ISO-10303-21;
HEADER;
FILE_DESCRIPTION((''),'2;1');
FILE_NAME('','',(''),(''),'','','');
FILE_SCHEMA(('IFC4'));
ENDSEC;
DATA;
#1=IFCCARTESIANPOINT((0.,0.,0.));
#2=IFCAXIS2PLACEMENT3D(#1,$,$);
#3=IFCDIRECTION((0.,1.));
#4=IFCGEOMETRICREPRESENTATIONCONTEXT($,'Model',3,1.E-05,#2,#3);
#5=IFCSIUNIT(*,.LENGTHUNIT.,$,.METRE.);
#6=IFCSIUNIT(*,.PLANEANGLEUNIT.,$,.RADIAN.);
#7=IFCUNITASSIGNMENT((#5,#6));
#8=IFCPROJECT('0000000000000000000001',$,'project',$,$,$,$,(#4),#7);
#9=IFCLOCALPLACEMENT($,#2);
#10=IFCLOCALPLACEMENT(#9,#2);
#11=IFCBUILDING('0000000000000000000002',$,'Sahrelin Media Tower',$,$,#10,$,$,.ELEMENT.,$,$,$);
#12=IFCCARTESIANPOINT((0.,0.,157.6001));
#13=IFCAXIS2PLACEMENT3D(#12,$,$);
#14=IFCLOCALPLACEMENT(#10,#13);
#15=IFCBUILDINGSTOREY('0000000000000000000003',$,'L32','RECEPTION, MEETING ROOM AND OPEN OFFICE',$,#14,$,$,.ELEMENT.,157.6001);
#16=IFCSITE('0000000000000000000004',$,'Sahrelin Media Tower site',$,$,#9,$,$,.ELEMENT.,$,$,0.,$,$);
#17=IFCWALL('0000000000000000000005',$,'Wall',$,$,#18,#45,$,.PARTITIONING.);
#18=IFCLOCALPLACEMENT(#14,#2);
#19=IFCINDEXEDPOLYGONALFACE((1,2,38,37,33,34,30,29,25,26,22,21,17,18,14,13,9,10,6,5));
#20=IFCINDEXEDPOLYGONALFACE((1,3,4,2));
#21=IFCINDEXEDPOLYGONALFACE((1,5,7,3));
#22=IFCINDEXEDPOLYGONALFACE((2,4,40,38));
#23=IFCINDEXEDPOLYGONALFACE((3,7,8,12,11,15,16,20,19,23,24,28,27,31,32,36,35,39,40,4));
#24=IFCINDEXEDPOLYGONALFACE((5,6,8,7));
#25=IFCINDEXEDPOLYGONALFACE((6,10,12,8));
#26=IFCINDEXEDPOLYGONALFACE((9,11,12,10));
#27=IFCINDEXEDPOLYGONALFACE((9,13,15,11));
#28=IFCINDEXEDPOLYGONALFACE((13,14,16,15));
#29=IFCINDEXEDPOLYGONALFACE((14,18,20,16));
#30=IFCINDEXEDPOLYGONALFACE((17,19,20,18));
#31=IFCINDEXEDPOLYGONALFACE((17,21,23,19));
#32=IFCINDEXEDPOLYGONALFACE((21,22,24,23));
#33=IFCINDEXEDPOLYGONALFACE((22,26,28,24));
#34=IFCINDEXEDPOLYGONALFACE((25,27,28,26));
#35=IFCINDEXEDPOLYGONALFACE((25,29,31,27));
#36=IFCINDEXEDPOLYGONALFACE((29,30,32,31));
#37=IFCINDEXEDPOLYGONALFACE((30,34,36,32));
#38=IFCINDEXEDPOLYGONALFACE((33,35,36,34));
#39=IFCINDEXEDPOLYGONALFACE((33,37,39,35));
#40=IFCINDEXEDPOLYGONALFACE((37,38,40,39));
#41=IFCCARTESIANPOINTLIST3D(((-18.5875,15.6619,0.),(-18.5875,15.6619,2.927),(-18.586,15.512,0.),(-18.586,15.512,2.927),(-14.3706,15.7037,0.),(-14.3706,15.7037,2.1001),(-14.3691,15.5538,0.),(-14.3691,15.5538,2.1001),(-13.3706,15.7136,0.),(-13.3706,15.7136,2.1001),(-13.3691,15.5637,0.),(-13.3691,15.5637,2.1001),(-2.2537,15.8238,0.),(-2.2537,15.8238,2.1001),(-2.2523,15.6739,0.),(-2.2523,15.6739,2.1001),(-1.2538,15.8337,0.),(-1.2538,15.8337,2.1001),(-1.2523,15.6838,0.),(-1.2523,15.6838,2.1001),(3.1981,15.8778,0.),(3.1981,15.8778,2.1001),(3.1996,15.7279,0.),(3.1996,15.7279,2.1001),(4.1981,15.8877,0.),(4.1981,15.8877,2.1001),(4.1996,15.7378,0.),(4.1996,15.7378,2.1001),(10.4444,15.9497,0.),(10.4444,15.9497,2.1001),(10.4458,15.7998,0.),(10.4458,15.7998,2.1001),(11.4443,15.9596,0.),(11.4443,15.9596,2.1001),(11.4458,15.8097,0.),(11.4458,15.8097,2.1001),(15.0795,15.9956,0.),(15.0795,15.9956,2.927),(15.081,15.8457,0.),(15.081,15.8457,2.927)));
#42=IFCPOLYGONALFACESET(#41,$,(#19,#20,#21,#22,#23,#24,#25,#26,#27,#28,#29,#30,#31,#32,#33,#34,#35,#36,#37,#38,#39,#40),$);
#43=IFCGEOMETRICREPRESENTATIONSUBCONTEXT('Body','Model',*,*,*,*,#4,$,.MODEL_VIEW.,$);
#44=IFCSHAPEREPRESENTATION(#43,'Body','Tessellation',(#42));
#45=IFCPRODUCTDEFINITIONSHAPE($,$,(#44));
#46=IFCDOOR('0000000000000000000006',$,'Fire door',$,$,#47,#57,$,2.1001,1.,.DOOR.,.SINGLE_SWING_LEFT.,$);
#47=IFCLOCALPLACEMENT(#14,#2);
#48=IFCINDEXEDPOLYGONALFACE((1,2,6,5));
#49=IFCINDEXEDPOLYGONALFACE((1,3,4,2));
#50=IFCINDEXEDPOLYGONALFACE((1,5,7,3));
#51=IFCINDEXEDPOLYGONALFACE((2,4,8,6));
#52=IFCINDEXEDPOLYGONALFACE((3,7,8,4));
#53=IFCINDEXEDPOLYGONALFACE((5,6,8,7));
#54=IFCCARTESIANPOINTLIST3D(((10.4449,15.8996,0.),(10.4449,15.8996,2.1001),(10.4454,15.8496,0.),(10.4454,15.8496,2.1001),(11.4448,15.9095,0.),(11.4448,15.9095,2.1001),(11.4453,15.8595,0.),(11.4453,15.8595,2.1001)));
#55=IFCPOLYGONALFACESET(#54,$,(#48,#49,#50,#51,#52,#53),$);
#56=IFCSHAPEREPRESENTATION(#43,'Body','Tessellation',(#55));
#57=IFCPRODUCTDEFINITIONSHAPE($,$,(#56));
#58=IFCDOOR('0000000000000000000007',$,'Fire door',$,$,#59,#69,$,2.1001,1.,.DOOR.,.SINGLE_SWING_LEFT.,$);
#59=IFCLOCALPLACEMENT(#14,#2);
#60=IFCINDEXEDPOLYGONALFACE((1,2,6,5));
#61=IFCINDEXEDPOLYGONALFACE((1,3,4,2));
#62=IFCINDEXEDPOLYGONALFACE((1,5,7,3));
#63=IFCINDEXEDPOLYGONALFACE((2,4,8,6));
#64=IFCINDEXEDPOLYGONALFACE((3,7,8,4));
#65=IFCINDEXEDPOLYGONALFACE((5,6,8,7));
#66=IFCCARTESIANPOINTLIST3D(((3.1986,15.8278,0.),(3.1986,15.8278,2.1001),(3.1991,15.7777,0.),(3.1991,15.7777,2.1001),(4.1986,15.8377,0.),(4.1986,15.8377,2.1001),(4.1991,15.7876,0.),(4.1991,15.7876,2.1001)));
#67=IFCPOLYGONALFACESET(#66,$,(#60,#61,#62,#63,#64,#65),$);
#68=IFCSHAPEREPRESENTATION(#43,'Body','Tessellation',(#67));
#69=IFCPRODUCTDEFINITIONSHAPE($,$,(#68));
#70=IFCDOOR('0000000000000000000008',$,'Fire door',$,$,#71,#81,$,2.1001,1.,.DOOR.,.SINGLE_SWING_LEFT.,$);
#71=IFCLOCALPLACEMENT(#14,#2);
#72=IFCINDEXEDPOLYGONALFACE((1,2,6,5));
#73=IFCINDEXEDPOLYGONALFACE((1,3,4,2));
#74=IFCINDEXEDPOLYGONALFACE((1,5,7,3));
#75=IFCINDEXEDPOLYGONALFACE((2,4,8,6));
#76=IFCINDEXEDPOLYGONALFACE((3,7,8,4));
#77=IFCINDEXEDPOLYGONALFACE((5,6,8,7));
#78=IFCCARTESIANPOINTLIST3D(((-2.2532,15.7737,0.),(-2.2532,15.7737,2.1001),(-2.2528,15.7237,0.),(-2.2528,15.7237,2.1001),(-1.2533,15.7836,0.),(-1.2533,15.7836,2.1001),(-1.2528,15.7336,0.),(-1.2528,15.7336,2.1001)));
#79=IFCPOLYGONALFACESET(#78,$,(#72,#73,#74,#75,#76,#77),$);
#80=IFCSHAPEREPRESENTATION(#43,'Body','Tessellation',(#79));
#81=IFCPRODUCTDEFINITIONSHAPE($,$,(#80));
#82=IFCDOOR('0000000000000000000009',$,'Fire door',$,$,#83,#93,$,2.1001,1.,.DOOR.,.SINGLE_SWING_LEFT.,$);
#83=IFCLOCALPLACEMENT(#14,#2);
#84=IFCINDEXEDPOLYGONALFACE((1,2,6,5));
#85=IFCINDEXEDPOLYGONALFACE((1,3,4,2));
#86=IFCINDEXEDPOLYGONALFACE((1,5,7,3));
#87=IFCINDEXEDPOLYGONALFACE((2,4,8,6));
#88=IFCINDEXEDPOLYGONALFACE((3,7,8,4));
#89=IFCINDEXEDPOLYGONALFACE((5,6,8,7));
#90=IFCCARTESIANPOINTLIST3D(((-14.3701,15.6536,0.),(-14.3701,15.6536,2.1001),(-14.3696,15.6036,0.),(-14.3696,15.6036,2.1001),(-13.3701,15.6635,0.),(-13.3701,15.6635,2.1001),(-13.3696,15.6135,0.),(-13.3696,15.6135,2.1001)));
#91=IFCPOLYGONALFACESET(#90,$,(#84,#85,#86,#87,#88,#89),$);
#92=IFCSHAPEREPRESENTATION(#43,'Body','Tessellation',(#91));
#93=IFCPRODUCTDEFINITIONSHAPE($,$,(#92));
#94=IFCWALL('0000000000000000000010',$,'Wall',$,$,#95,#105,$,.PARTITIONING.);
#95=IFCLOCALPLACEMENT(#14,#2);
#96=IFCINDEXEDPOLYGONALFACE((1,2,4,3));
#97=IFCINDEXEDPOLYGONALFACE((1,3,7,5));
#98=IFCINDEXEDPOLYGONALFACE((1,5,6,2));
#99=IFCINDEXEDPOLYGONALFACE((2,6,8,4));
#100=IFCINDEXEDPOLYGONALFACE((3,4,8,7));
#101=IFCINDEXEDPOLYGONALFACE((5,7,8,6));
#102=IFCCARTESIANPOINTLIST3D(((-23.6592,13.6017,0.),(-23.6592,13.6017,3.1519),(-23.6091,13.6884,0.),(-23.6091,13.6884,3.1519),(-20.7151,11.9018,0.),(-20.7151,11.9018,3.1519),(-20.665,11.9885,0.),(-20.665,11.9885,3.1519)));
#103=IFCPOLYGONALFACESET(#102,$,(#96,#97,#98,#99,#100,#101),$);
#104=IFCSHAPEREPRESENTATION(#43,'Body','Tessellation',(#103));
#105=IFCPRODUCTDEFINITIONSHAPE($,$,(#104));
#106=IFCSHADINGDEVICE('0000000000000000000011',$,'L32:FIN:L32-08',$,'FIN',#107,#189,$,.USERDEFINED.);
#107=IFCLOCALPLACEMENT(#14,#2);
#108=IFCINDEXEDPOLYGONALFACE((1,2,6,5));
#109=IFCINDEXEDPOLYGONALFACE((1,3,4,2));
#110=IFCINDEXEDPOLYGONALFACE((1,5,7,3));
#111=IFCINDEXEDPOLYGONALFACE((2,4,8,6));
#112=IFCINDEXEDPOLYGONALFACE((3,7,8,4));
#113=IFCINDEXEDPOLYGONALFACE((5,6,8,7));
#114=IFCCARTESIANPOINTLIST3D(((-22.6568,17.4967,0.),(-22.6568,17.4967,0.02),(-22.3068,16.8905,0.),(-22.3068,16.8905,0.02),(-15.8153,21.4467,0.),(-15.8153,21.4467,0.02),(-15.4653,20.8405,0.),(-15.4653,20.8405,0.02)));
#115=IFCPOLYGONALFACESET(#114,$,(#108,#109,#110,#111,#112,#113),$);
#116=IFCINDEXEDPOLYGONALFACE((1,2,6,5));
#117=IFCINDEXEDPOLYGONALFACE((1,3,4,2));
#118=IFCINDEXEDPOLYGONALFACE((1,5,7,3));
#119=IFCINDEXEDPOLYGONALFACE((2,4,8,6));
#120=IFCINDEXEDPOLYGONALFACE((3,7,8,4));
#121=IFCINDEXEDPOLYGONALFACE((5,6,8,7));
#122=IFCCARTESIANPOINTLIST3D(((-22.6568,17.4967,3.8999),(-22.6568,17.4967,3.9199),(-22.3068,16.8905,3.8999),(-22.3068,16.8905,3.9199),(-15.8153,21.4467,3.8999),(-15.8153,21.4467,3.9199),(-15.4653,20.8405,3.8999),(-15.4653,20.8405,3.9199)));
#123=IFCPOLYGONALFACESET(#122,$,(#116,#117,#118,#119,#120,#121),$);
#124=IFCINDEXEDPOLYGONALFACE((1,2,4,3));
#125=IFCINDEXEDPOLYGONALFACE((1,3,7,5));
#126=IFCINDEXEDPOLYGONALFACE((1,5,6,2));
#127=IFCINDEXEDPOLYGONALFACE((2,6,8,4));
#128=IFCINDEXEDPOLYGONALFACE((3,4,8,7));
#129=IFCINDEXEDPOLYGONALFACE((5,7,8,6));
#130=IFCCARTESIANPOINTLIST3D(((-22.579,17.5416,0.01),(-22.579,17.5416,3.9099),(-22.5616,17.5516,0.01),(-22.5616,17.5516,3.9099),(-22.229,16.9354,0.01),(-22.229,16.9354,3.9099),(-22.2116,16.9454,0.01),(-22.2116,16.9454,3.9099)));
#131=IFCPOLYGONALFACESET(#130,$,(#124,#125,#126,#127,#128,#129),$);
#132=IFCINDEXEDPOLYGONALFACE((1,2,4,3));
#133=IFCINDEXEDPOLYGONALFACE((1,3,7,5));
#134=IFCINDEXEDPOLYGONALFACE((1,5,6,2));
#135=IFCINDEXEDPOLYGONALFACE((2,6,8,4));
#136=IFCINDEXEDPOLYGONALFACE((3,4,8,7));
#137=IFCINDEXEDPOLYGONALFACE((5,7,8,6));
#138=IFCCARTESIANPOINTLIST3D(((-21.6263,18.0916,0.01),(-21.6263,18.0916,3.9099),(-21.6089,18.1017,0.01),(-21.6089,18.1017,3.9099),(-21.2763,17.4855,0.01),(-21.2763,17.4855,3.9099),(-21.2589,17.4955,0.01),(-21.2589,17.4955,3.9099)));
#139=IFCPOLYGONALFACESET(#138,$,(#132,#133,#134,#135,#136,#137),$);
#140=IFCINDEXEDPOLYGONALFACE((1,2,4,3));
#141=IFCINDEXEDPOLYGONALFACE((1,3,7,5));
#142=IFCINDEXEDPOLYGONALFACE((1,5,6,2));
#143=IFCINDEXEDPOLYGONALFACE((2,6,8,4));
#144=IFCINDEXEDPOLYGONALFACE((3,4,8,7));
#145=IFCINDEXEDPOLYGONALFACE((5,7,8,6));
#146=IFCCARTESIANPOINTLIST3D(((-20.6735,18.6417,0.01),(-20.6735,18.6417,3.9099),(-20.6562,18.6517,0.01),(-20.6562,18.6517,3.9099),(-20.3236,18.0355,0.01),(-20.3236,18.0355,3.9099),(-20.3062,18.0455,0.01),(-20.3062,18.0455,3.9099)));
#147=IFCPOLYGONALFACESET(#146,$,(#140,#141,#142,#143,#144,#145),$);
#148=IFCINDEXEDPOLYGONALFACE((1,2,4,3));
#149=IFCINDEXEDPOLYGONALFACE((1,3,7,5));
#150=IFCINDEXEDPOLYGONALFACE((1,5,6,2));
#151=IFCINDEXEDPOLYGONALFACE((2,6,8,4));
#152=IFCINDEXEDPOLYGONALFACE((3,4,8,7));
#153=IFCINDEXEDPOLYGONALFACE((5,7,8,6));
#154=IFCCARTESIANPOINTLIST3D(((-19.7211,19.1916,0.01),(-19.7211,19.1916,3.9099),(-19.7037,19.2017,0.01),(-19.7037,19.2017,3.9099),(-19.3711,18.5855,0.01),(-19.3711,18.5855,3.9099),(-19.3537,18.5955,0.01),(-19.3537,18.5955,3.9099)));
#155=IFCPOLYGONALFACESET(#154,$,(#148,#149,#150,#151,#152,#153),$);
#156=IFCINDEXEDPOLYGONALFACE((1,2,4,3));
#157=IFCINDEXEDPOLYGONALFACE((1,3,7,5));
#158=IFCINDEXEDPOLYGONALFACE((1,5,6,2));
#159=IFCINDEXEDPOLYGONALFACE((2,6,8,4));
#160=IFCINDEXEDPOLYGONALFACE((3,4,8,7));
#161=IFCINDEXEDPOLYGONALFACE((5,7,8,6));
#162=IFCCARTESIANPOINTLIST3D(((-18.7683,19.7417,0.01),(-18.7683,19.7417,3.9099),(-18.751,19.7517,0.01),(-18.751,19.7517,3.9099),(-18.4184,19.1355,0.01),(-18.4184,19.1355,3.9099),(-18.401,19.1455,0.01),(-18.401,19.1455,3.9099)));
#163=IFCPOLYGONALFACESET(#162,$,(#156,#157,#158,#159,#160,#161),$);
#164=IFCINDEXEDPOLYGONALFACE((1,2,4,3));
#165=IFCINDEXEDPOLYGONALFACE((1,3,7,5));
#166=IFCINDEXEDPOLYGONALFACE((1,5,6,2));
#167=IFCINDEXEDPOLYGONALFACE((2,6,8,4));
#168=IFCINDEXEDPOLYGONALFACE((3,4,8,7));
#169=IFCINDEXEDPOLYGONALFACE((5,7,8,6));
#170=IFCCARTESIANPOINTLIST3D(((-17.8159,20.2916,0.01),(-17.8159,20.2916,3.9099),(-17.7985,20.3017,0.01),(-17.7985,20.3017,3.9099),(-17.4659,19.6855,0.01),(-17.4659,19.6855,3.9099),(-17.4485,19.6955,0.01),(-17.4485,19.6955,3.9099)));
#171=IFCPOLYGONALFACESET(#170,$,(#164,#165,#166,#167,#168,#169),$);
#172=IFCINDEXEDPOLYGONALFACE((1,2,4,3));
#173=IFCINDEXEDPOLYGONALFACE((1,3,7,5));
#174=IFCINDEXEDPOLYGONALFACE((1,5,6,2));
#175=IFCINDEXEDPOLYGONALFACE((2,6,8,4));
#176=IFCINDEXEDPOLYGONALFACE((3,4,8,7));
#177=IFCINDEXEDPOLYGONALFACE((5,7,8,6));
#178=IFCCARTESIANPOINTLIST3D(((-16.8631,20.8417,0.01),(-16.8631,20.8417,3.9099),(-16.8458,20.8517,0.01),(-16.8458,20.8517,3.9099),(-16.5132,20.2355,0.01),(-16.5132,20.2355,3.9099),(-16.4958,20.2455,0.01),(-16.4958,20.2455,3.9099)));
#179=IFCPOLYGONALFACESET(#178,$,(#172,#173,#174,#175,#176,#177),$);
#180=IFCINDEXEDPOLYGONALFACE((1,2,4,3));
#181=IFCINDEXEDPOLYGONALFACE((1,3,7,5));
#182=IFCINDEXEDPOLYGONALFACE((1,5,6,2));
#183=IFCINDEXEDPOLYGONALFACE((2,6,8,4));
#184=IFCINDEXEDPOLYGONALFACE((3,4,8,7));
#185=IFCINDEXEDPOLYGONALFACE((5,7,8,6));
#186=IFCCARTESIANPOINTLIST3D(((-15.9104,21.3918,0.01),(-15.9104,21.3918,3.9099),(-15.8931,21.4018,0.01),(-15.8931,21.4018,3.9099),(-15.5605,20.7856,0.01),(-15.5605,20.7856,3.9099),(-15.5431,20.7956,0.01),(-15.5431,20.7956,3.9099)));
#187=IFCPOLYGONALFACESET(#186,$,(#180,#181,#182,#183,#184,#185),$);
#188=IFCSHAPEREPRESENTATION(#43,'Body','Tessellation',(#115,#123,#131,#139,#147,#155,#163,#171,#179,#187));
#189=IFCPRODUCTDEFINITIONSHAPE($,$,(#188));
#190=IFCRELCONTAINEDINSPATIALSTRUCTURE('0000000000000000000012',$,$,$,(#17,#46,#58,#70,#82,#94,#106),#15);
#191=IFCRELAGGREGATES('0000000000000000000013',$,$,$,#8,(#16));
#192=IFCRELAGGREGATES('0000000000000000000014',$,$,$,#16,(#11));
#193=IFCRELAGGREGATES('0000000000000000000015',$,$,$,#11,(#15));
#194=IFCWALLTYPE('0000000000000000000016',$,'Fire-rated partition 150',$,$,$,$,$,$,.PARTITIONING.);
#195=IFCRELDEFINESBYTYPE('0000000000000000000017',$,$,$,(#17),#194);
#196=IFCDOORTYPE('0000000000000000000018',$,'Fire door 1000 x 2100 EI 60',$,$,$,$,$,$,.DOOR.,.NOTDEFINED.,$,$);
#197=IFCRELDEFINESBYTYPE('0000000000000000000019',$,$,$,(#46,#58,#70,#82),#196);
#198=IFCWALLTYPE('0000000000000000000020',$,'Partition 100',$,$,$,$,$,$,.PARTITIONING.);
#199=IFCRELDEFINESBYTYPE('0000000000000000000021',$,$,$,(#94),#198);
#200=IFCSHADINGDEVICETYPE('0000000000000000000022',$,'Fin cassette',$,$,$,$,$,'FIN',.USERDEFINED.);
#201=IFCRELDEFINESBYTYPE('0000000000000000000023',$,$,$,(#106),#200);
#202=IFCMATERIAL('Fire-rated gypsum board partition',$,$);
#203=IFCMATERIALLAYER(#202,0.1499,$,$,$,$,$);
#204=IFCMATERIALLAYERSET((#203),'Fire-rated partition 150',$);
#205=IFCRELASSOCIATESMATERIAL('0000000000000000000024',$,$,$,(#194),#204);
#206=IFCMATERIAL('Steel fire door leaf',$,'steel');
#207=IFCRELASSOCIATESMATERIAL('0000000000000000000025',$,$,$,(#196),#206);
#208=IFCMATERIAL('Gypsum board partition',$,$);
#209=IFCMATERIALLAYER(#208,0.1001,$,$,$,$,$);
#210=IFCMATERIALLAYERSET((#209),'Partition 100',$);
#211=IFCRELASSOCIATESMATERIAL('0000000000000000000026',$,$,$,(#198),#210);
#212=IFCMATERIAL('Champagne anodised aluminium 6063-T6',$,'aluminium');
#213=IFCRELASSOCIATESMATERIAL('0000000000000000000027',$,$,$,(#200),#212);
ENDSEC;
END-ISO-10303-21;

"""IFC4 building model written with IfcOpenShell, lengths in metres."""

from ifc_helpers import new_model, si_unit, direction, frame, frame_2d, origin, origin_2d, place, context, subcontext, project, spatial, rectangle, extrude, material, layer, layer_set, type_object, element, fill, save


model = new_model("IFC4")

# Units and contexts
model_context = context("Model", 3, precision=1e-05, world=origin(), true_north=direction((0.0, 1.0)))
body_context = subcontext(model_context, "Body", "Model", "MODEL_VIEW")
ifc_project = project(units=[si_unit("LENGTHUNIT", "METRE"), si_unit("PLANEANGLEUNIT", "RADIAN")], contexts=[model_context])

# Site, building, storey
site_placement = place(None, origin())
site = spatial("IfcSite", under=ifc_project, at=site_placement, Name="Sahrelin Media Tower site", CompositionType="ELEMENT", RefElevation=0.0)
building_placement = place(site_placement, origin())
building = spatial("IfcBuilding", under=site, at=building_placement, Name="Sahrelin Media Tower", CompositionType="ELEMENT")
storey_placement = place(building_placement, frame((0.0, 0.0, 157.6001)))
storey = spatial("IfcBuildingStorey", under=building, at=storey_placement, Name="L32", Description="RECEPTION, MEETING ROOM AND OPEN OFFICE", CompositionType="ELEMENT", Elevation=157.6001)

# Shared definitions
ifc_material_1 = material(Name="Champagne anodised aluminium 6063-T6", Category="aluminium")

# Shared definitions
ifc_material_2 = material(Name="Fire-rated gypsum board partition")
ifc_layer_1 = layer(ifc_material_2, 0.1499)
ifc_layer_set_1 = layer_set([ifc_layer_1], Name="Fire-rated partition 150")
wall_type_1 = type_object("IfcWallType", Name="Fire-rated partition 150", PredefinedType="PARTITIONING", material=ifc_layer_set_1)

# Wall, openings, doors
wall_1_placement = place(storey_placement, frame((-18.5869, 15.5869, 0.0), z_axis=(0.0, 0.0, 1.0), x_axis=(0.999951, 0.009912, 0.0)))
wall_1 = element("IfcWall", 1, at=wall_1_placement, inside=storey, type_object=wall_type_1, Name="Wall", PredefinedType="PARTITIONING", context=body_context, shape_type="SweptSolid", body=[
    extrude(rectangle(XDim=33.6687, YDim=0.1499, at=frame_2d((16.8345, 0.0))), origin(), (0.0, 0.0, 1.0), 2.927),
])
opening_1_placement = place(wall_1_placement, frame((29.0334, 0.0, 0.0)))
opening_1 = element("IfcOpeningElement", 2, at=opening_1_placement, cuts=wall_1, PredefinedType="OPENING", context=body_context, shape_type="SweptSolid", body=[
    extrude(rectangle(XDim=1.0, YDim=2.1001, at=frame_2d((0.5, 1.05))), frame((0.0, 0.075, 0.0), z_axis=(0.0, -1.0, 0.0), x_axis=(1.0, 0.0, 0.0)), (0.0, 0.0, 1.0), 0.1499),
])
opening_2_placement = place(wall_1_placement, frame((21.7869, 0.0, 0.0)))
opening_2 = element("IfcOpeningElement", 3, at=opening_2_placement, cuts=wall_1, PredefinedType="OPENING", context=body_context, shape_type="SweptSolid", body=[
    extrude(rectangle(XDim=1.0, YDim=2.1001, at=frame_2d((0.5, 1.05))), frame((0.0, 0.075, 0.0), z_axis=(0.0, -1.0, 0.0), x_axis=(1.0, 0.0, 0.0)), (0.0, 0.0, 1.0), 0.1499),
])
opening_3_placement = place(wall_1_placement, frame((16.3347, 0.0, 0.0)))
opening_3 = element("IfcOpeningElement", 4, at=opening_3_placement, cuts=wall_1, PredefinedType="OPENING", context=body_context, shape_type="SweptSolid", body=[
    extrude(rectangle(XDim=1.0, YDim=2.1001, at=frame_2d((0.5, 1.05))), frame((0.0, 0.075, 0.0), z_axis=(0.0, -1.0, 0.0), x_axis=(1.0, 0.0, 0.0)), (0.0, 0.0, 1.0), 0.1499),
])
opening_4_placement = place(wall_1_placement, frame((4.2173, 0.0, 0.0)))
opening_4 = element("IfcOpeningElement", 5, at=opening_4_placement, cuts=wall_1, PredefinedType="OPENING", context=body_context, shape_type="SweptSolid", body=[
    extrude(rectangle(XDim=1.0, YDim=2.1001, at=frame_2d((0.5, 1.05))), frame((0.0, 0.075, 0.0), z_axis=(0.0, -1.0, 0.0), x_axis=(1.0, 0.0, 0.0)), (0.0, 0.0, 1.0), 0.1499),
])
ifc_material_3 = material(Name="Steel fire door leaf", Category="steel")
door_type = type_object("IfcDoorType", Name="Fire door 1000 x 2100 EI 60", OperationType="NOTDEFINED", PredefinedType="DOOR", material=ifc_material_3)
door_1_placement = place(opening_1_placement, origin())
door_1 = element("IfcDoor", 6, at=door_1_placement, inside=storey, type_object=door_type, Name="Fire door", OperationType="SINGLE_SWING_LEFT", OverallHeight=2.1001, OverallWidth=1.0, PredefinedType="DOOR", context=body_context, shape_type="SweptSolid", body=[
    extrude(rectangle(XDim=1.0, YDim=2.1001, at=frame_2d((0.5, 1.05))), frame((0.0, 0.0249, 0.0), z_axis=(0.0, -1.0, 0.0), x_axis=(1.0, 0.0, 0.0)), (0.0, 0.0, 1.0), 0.05),
])
fill(opening_1, door_1)
door_2_placement = place(opening_2_placement, origin())
door_2 = element("IfcDoor", 7, at=door_2_placement, inside=storey, type_object=door_type, Name="Fire door", OperationType="SINGLE_SWING_LEFT", OverallHeight=2.1001, OverallWidth=1.0, PredefinedType="DOOR", context=body_context, shape_type="SweptSolid", body=[
    extrude(rectangle(XDim=1.0, YDim=2.1001, at=frame_2d((0.5, 1.05))), frame((0.0, 0.0249, 0.0), z_axis=(0.0, -1.0, 0.0), x_axis=(1.0, 0.0, 0.0)), (0.0, 0.0, 1.0), 0.05),
])
fill(opening_2, door_2)
door_3_placement = place(opening_3_placement, origin())
door_3 = element("IfcDoor", 8, at=door_3_placement, inside=storey, type_object=door_type, Name="Fire door", OperationType="SINGLE_SWING_LEFT", OverallHeight=2.1001, OverallWidth=1.0, PredefinedType="DOOR", context=body_context, shape_type="SweptSolid", body=[
    extrude(rectangle(XDim=1.0, YDim=2.1001, at=frame_2d((0.5, 1.05))), frame((0.0, 0.0249, 0.0), z_axis=(0.0, -1.0, 0.0), x_axis=(1.0, 0.0, 0.0)), (0.0, 0.0, 1.0), 0.05),
])
fill(opening_3, door_3)
door_4_placement = place(opening_4_placement, origin())
door_4 = element("IfcDoor", 9, at=door_4_placement, inside=storey, type_object=door_type, Name="Fire door", OperationType="SINGLE_SWING_LEFT", OverallHeight=2.1001, OverallWidth=1.0, PredefinedType="DOOR", context=body_context, shape_type="SweptSolid", body=[
    extrude(rectangle(XDim=1.0, YDim=2.1001, at=frame_2d((0.5, 1.05))), frame((0.0, 0.0249, 0.0), z_axis=(0.0, -1.0, 0.0), x_axis=(1.0, 0.0, 0.0)), (0.0, 0.0, 1.0), 0.05),
])
fill(opening_4, door_4)

# Wall
ifc_material_4 = material(Name="Gypsum board partition")
ifc_layer_2 = layer(ifc_material_4, 0.1001)
ifc_layer_set_2 = layer_set([ifc_layer_2], Name="Partition 100")
wall_type_2 = type_object("IfcWallType", Name="Partition 100", PredefinedType="PARTITIONING", material=ifc_layer_set_2)
wall_2_placement = place(storey_placement, frame((-23.634, 13.645, 0.0), z_axis=(0.0, 0.0, 1.0), x_axis=(0.866003, -0.500039, 0.0)))
element("IfcWall", 10, at=wall_2_placement, inside=storey, type_object=wall_type_2, Name="Wall", PredefinedType="PARTITIONING", context=body_context, shape_type="SweptSolid", body=[
    extrude(rectangle(XDim=3.3997, YDim=0.1001, at=frame_2d((1.6997, 0.0))), origin(), (0.0, 0.0, 1.0), 3.1519),
])

# Shading device
shading_device_type_1 = type_object("IfcShadingDeviceType", Name="Fin cassette", ElementType="FIN", PredefinedType="USERDEFINED", material=ifc_material_1)
placement_1 = place(storey_placement, frame((-18.8511, 18.8049, 0.0), z_axis=(0.0, 0.0, 1.0), x_axis=(0.866019, 0.500011, 0.0)))
element("IfcShadingDevice", 11, at=placement_1, inside=storey, type_object=shading_device_type_1, Name="L32:FIN:L32-08", ObjectType="FIN", PredefinedType="USERDEFINED", context=body_context, shape_type="SweptSolid", body=[
    extrude(rectangle(XDim=7.8999, YDim=0.7, at=origin_2d()), frame((0.0, 0.4199, 0.0)), (0.0, 0.0, 1.0), 0.02),
    extrude(rectangle(XDim=7.8999, YDim=0.7, at=origin_2d()), frame((0.0, 0.4199, 3.8999)), (0.0, 0.0, 1.0), 0.02),
    extrude(rectangle(XDim=0.02, YDim=0.7, at=origin_2d()), frame((-3.8501, 0.4199, 0.01), z_axis=(0.0, 0.0, 1.0), x_axis=(1.0, 0.0, 0.0)), (0.0, 0.0, 1.0), 3.8999),
    extrude(rectangle(XDim=0.02, YDim=0.7, at=origin_2d()), frame((-2.75, 0.4199, 0.01), z_axis=(0.0, 0.0, 1.0), x_axis=(1.0, 0.0, 0.0)), (0.0, 0.0, 1.0), 3.8999),
    extrude(rectangle(XDim=0.02, YDim=0.7, at=origin_2d()), frame((-1.6499, 0.4199, 0.01), z_axis=(0.0, 0.0, 1.0), x_axis=(1.0, 0.0, 0.0)), (0.0, 0.0, 1.0), 3.8999),
    extrude(rectangle(XDim=0.02, YDim=0.7, at=origin_2d()), frame((-0.55, 0.4199, 0.01), z_axis=(0.0, 0.0, 1.0), x_axis=(1.0, 0.0, 0.0)), (0.0, 0.0, 1.0), 3.8999),
    extrude(rectangle(XDim=0.02, YDim=0.7, at=origin_2d()), frame((0.55, 0.4199, 0.01), z_axis=(0.0, 0.0, 1.0), x_axis=(1.0, 0.0, 0.0)), (0.0, 0.0, 1.0), 3.8999),
    extrude(rectangle(XDim=0.02, YDim=0.7, at=origin_2d()), frame((1.6499, 0.4199, 0.01), z_axis=(0.0, 0.0, 1.0), x_axis=(1.0, 0.0, 0.0)), (0.0, 0.0, 1.0), 3.8999),
    extrude(rectangle(XDim=0.02, YDim=0.7, at=origin_2d()), frame((2.75, 0.4199, 0.01), z_axis=(0.0, 0.0, 1.0), x_axis=(1.0, 0.0, 0.0)), (0.0, 0.0, 1.0), 3.8999),
    extrude(rectangle(XDim=0.02, YDim=0.7, at=origin_2d()), frame((3.8501, 0.4199, 0.01), z_axis=(0.0, 0.0, 1.0), x_axis=(1.0, 0.0, 0.0)), (0.0, 0.0, 1.0), 3.8999),
])

save(model, "model.ifc")
